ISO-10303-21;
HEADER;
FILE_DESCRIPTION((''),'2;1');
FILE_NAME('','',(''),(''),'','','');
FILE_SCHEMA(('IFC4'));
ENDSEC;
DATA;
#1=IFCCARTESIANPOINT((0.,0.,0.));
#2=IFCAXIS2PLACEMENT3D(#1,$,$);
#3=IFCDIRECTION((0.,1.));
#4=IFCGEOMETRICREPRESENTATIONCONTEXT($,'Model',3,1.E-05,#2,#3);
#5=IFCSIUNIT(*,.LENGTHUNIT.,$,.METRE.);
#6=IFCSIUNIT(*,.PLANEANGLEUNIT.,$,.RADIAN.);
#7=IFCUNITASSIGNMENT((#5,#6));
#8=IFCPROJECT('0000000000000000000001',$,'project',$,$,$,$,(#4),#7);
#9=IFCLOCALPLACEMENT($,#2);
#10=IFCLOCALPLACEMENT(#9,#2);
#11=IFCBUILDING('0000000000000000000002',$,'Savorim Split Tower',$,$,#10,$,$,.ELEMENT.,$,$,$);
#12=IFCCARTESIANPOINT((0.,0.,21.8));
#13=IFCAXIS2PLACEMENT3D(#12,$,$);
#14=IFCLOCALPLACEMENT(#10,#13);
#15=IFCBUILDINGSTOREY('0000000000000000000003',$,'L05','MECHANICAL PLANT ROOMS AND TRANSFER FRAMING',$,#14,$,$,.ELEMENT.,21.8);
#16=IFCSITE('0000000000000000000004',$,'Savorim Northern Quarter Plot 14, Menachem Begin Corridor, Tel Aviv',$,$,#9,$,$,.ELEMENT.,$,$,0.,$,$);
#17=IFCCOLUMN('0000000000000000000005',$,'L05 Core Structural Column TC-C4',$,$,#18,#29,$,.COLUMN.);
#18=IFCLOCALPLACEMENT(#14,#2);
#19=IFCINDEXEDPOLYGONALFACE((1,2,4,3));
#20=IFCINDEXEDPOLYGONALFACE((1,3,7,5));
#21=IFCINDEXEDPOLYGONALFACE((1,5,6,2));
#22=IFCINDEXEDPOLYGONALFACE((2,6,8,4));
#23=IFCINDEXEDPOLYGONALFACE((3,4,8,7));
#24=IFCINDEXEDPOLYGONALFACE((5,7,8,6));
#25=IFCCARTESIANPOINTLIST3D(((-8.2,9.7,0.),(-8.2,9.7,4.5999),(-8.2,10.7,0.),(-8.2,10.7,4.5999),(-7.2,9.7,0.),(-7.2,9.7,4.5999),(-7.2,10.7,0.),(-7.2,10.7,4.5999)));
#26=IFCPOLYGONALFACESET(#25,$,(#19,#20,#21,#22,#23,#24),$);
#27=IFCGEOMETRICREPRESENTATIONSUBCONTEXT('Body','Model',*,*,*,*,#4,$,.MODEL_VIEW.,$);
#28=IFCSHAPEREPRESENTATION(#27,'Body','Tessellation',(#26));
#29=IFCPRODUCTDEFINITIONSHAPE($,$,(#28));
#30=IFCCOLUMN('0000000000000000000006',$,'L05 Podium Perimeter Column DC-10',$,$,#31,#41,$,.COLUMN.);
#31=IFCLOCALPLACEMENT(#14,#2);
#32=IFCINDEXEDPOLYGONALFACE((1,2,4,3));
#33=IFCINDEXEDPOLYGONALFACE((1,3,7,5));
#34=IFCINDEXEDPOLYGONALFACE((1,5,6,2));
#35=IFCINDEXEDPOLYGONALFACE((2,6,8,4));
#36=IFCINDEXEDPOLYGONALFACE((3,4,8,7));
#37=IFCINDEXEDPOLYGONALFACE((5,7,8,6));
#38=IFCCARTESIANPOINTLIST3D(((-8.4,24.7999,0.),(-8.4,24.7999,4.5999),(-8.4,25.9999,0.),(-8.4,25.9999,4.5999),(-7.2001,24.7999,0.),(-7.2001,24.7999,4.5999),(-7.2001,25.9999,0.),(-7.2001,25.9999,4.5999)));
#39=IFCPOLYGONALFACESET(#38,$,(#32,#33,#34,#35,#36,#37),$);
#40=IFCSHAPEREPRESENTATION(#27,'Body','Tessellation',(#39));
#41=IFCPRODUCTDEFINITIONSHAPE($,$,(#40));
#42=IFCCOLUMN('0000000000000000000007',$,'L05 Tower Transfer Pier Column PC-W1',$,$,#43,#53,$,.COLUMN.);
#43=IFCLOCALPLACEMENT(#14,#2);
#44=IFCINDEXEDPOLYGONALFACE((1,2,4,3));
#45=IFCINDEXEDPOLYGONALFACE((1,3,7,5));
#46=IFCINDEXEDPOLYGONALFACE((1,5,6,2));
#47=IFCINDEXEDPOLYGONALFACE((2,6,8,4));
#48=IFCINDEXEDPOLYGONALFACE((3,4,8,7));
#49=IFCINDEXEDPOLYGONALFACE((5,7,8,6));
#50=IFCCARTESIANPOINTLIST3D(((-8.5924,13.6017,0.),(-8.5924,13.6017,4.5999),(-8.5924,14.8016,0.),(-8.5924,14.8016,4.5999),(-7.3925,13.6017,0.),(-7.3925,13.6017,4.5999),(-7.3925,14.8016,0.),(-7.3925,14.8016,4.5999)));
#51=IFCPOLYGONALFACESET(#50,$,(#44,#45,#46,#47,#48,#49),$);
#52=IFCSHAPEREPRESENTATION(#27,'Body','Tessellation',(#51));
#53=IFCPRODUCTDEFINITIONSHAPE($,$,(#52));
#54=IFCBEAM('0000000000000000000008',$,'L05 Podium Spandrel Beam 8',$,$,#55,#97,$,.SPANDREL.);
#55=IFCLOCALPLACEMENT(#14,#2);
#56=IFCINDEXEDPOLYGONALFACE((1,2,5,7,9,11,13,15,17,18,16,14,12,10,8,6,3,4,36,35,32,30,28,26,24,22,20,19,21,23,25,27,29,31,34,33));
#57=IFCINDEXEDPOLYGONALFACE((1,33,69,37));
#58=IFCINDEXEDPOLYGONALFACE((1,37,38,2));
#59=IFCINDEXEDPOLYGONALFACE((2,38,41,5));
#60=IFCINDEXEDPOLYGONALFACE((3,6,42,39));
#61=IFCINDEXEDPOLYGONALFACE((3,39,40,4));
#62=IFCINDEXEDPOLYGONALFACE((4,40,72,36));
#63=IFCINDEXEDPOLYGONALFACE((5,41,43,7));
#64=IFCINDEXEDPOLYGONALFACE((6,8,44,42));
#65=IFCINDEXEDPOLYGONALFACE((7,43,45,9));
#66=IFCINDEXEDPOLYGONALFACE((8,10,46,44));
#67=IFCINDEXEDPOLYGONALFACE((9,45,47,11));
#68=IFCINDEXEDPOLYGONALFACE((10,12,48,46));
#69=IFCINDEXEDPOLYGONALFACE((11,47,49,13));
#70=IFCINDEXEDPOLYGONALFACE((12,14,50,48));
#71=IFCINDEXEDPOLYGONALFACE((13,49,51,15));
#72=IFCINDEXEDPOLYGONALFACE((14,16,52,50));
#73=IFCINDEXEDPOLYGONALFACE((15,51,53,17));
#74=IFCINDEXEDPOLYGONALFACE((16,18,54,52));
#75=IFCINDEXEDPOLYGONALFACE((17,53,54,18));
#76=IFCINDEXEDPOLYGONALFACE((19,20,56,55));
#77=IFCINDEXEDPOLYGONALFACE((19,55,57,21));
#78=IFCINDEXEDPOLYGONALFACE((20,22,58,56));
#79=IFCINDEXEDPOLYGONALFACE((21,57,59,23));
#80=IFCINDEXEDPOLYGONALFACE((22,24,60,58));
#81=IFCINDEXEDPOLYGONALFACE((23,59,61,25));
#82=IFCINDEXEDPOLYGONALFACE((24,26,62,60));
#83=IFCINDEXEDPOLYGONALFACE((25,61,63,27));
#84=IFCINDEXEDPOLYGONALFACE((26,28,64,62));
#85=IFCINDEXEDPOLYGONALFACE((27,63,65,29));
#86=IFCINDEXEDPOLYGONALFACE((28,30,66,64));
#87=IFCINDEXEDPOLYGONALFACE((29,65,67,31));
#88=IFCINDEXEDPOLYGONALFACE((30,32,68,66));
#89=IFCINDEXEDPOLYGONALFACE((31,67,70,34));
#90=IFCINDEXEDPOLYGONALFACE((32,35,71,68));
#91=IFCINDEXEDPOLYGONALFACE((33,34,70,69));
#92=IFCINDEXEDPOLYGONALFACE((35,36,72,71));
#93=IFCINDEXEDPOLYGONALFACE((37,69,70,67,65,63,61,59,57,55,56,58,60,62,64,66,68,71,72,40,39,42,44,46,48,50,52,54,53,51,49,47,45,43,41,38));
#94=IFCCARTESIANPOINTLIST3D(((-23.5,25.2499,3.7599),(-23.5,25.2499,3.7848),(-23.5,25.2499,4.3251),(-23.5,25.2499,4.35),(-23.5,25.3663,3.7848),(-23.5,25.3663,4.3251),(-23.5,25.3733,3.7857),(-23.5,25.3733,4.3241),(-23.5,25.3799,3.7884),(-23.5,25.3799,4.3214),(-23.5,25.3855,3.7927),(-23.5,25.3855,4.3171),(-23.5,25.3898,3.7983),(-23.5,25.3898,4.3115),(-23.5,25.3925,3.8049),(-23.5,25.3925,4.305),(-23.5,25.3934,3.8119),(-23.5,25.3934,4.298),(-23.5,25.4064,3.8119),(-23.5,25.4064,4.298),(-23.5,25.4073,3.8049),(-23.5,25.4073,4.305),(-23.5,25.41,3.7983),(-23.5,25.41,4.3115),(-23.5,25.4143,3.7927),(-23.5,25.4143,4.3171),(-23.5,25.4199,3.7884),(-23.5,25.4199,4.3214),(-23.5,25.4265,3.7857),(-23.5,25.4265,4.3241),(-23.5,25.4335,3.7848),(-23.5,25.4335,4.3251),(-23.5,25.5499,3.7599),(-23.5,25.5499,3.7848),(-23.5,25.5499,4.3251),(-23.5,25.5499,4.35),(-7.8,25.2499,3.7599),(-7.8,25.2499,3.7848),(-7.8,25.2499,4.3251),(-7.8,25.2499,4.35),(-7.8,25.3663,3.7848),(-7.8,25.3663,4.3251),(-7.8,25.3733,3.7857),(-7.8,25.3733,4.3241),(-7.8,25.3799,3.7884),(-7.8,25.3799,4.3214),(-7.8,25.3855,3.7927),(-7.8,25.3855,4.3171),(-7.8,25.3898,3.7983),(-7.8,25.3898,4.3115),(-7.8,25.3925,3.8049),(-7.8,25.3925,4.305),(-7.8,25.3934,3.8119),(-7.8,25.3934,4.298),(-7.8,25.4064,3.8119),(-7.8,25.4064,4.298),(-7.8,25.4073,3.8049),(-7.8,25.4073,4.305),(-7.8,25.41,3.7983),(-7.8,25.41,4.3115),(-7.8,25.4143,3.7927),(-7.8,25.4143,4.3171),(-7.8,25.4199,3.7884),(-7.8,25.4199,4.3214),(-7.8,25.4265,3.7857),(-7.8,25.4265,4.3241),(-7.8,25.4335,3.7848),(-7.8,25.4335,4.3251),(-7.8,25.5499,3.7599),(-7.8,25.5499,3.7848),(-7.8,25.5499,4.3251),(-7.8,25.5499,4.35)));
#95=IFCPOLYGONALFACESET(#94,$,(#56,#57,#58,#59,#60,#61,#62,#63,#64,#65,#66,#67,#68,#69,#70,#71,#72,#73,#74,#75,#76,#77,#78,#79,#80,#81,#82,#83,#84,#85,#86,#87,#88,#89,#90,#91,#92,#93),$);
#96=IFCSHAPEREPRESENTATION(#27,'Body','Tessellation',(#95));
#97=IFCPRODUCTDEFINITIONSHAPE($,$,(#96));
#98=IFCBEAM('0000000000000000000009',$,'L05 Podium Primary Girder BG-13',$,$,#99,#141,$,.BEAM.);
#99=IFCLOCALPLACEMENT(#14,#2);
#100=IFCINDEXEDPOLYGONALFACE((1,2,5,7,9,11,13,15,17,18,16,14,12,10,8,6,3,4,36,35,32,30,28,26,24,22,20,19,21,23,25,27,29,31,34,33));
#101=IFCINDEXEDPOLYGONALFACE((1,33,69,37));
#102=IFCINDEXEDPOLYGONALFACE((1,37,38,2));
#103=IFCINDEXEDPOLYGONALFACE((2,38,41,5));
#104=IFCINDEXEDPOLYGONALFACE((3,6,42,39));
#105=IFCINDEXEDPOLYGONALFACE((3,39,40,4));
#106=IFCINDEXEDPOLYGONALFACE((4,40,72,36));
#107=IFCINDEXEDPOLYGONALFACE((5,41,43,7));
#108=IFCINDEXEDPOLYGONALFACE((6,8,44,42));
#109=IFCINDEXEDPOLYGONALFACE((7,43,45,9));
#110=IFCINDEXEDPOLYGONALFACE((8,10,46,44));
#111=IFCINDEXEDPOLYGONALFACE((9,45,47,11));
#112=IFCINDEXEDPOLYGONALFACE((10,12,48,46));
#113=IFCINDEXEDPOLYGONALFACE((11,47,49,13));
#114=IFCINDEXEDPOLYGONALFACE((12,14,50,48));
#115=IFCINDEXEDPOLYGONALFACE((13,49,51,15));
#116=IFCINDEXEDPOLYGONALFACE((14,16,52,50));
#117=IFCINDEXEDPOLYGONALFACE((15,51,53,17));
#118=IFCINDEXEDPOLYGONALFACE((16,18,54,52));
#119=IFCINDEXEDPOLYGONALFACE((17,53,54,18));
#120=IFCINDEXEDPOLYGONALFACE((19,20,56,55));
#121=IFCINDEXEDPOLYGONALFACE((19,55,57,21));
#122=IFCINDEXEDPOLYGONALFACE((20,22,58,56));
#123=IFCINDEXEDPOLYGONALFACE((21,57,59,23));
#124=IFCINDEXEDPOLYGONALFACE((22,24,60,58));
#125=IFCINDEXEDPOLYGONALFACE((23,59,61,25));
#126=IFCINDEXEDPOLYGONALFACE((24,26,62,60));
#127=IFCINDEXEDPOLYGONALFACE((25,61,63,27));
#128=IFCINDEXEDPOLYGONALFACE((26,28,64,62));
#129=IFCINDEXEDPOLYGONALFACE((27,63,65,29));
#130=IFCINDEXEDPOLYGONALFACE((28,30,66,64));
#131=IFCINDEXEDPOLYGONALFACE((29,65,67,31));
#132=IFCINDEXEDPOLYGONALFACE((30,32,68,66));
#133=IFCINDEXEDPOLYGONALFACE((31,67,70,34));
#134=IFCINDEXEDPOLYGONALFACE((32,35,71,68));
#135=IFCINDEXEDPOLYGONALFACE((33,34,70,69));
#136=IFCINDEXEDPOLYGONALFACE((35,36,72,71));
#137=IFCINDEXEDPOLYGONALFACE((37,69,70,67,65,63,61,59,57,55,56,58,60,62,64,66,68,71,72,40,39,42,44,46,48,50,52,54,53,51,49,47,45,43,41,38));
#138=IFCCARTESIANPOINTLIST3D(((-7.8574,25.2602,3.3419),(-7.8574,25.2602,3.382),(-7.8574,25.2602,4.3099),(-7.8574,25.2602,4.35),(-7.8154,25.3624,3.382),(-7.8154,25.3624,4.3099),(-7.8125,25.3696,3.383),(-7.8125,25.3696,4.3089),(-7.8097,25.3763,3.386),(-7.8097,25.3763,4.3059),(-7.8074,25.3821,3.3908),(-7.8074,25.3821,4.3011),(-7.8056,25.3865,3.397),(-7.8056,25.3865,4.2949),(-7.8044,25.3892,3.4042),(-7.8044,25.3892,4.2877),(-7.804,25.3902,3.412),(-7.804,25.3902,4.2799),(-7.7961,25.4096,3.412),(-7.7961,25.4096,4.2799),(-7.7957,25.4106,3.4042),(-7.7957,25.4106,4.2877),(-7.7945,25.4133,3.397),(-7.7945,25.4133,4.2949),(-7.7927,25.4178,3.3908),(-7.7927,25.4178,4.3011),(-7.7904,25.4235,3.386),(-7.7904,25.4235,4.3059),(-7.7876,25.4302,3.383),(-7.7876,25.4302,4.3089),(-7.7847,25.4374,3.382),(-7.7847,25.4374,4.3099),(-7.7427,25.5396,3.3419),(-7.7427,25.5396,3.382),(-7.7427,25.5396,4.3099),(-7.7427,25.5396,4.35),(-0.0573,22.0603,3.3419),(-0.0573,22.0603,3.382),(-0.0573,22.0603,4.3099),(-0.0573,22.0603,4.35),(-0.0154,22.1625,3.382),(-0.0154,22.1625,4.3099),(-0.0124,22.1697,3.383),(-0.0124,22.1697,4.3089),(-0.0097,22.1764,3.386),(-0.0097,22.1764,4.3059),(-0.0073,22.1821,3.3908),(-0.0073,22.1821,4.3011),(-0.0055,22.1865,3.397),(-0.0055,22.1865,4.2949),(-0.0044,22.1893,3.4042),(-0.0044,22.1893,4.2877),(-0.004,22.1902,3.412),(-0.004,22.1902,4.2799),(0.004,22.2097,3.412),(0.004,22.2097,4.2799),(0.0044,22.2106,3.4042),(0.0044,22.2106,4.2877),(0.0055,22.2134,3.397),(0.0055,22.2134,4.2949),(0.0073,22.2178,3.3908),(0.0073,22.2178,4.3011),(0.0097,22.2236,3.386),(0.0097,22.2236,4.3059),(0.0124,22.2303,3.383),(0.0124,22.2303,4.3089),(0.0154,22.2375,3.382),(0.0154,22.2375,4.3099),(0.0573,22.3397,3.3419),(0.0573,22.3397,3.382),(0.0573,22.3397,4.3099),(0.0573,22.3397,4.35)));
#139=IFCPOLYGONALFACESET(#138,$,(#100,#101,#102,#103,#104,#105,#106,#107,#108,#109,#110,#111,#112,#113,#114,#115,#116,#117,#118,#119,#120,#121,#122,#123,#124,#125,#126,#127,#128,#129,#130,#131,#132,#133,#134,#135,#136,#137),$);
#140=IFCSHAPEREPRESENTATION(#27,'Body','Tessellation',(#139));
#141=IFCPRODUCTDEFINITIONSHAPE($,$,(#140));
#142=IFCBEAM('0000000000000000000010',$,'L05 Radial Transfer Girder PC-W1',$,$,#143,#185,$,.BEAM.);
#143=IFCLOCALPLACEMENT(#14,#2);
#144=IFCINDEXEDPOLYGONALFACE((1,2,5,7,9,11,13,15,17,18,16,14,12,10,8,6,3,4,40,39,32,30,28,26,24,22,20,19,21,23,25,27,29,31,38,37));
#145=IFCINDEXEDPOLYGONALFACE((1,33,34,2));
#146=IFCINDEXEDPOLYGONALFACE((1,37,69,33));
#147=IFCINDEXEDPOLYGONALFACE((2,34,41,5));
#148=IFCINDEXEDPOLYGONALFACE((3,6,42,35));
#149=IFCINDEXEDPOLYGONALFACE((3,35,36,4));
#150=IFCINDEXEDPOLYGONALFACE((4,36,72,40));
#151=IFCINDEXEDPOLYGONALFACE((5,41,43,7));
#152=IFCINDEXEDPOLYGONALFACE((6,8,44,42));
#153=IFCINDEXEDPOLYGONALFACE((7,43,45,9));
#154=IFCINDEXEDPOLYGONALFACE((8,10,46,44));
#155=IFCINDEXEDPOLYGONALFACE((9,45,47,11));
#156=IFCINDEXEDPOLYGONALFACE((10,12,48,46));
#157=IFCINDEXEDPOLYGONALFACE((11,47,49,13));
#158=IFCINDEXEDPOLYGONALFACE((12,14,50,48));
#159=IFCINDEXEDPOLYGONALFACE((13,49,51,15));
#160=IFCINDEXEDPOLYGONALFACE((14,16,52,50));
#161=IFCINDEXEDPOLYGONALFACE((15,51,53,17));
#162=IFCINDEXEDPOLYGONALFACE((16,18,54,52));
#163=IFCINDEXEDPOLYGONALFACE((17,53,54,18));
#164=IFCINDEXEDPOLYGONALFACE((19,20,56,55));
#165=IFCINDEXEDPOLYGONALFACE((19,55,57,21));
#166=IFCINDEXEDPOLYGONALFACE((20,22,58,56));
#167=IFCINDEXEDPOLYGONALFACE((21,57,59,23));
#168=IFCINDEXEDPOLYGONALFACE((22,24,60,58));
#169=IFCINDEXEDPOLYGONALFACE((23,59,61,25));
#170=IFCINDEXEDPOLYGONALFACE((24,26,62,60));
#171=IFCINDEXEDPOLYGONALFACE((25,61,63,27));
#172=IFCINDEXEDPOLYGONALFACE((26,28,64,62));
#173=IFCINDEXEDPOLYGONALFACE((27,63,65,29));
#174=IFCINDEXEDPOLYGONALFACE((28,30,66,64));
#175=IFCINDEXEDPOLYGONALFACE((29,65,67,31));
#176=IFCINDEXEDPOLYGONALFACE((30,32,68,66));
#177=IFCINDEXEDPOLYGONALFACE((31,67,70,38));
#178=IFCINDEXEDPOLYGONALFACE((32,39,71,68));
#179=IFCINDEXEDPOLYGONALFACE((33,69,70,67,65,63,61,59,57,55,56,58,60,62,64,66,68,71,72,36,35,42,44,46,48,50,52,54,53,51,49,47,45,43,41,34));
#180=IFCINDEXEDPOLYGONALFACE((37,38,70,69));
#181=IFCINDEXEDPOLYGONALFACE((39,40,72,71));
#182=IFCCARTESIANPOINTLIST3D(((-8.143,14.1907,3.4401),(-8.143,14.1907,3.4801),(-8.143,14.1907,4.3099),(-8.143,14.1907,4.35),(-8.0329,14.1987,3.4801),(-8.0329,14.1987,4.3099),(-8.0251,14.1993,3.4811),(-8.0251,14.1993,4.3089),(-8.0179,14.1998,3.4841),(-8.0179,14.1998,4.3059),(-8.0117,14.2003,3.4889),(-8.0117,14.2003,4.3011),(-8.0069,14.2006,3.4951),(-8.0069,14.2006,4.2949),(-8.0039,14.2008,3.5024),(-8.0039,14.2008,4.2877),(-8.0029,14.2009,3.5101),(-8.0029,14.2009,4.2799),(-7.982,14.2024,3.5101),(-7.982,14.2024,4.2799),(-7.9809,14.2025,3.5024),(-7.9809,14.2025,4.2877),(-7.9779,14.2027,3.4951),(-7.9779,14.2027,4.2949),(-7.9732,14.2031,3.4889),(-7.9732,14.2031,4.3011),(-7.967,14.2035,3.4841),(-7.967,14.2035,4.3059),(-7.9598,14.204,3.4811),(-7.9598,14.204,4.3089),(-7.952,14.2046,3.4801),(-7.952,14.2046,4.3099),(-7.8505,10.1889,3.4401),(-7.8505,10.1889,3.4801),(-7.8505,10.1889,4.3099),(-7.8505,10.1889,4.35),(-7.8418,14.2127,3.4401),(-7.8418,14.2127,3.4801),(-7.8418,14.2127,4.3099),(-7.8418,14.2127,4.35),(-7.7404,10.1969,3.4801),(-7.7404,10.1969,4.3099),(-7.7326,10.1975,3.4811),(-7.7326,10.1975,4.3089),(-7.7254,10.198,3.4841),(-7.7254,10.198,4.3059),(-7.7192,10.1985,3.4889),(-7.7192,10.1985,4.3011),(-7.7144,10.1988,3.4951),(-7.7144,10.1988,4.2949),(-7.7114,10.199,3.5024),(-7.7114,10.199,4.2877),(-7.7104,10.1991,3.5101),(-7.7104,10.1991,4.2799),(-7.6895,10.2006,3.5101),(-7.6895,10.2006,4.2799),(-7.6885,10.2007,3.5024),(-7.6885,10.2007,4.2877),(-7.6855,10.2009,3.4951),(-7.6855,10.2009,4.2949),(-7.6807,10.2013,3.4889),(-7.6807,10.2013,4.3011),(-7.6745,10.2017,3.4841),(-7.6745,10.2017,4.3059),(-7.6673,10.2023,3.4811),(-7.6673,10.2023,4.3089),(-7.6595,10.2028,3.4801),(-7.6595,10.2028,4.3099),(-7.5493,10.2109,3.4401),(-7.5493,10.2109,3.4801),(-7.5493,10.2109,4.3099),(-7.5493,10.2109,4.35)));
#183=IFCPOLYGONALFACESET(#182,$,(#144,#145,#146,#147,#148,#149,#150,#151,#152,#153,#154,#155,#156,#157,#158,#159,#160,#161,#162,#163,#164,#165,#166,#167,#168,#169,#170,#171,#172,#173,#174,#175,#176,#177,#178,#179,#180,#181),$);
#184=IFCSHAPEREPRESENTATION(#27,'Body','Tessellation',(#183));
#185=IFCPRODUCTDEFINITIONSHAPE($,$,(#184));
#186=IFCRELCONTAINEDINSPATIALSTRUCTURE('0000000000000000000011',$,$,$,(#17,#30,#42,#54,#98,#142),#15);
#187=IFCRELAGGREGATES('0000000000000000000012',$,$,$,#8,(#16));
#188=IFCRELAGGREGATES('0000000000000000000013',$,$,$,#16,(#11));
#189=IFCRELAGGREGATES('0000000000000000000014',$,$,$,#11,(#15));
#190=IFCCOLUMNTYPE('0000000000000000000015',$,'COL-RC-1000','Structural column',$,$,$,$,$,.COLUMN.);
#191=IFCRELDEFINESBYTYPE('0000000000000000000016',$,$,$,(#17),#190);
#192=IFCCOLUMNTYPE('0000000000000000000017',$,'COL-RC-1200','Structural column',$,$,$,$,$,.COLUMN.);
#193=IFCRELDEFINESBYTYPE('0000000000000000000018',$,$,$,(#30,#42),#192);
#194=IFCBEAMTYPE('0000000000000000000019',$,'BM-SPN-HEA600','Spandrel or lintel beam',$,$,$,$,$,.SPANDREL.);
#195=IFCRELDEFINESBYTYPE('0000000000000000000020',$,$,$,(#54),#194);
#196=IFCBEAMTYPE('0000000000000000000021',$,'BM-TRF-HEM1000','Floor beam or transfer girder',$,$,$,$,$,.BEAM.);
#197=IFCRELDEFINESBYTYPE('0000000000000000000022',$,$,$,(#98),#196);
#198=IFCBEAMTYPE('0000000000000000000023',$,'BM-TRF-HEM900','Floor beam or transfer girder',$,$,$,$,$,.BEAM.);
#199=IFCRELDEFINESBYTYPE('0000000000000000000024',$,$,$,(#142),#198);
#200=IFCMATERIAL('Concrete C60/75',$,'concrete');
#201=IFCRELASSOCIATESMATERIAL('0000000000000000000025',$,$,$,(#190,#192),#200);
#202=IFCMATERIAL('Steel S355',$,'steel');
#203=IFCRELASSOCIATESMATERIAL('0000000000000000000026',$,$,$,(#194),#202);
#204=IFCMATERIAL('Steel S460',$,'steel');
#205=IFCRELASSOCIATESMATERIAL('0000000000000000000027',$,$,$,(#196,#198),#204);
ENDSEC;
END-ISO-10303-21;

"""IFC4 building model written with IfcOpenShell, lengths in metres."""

from ifc_helpers import new_model, si_unit, direction, frame, origin, origin_2d, place, context, subcontext, project, spatial, rectangle, i_section, extrude, material, material_profile, profile_set, type_object, element, save


model = new_model("IFC4")

# Units and contexts
model_context = context("Model", 3, precision=1e-05, world=origin(), true_north=direction((0.0, 1.0)))
body_context = subcontext(model_context, "Body", "Model", "MODEL_VIEW")
ifc_project = project(units=[si_unit("LENGTHUNIT", "METRE"), si_unit("PLANEANGLEUNIT", "RADIAN")], contexts=[model_context])

# Site, building, storey
site_placement = place(None, origin())
site = spatial("IfcSite", under=ifc_project, at=site_placement, Name="Savorim Northern Quarter Plot 14, Menachem Begin Corridor, Tel Aviv", CompositionType="ELEMENT", RefElevation=0.0)
building_placement = place(site_placement, origin())
building = spatial("IfcBuilding", under=site, at=building_placement, Name="Savorim Split Tower", CompositionType="ELEMENT")
storey_placement = place(building_placement, frame((0.0, 0.0, 21.8)))
storey = spatial("IfcBuildingStorey", under=building, at=storey_placement, Name="L05", Description="MECHANICAL PLANT ROOMS AND TRANSFER FRAMING", CompositionType="ELEMENT", Elevation=21.8)

# Columns
ifc_material_1 = material(Name="Concrete C60/75", Category="concrete")
ifc_material_profile_1 = material_profile(ifc_material_1, rectangle(XDim=1.0, YDim=1.0, at=origin_2d()), Name="RC 1000x1000")
ifc_profile_set_1 = profile_set([ifc_material_profile_1], Name="Concrete C60/75")
column_type_1 = type_object("IfcColumnType", Name="COL-RC-1000", Description="Structural column", PredefinedType="COLUMN", material=ifc_profile_set_1)
column_placement = place(storey_placement, frame((-7.7, 10.2, 0.0), z_axis=(0.0, 0.0, 1.0), x_axis=(1.0, 0.0, 0.0)))
element("IfcColumn", 1, at=column_placement, inside=storey, type_object=column_type_1, Name="L05 Core Structural Column TC-C4", PredefinedType="COLUMN", context=body_context, shape_type="SweptSolid", body=[
    extrude(rectangle(XDim=1.0, YDim=1.0, at=origin_2d()), origin(), (0.0, 0.0, 1.0), 4.5999),
])
ifc_material_profile_2 = material_profile(ifc_material_1, rectangle(XDim=1.2, YDim=1.2, at=origin_2d()), Name="RC 1200x1200")
ifc_profile_set_2 = profile_set([ifc_material_profile_2], Name="Concrete C60/75")
column_type_2 = type_object("IfcColumnType", Name="COL-RC-1200", Description="Structural column", PredefinedType="COLUMN", material=ifc_profile_set_2)
for number, where, z_axis, x_axis, name in (
    (2, (-7.8, 25.3999, 0.0), (0.0, 0.0, 1.0), (1.0, 0.0, 0.0), "L05 Podium Perimeter Column DC-10"),
    (3, (-7.9924, 14.2017, 0.0), (0.0, 0.0, 1.0), (1.0, 0.0, 0.0), "L05 Tower Transfer Pier Column PC-W1"),
):
    element("IfcColumn", number, at=place(storey_placement, frame(where, z_axis=z_axis, x_axis=x_axis)), inside=storey, type_object=column_type_2, Name=name, PredefinedType="COLUMN", context=body_context, shape_type="SweptSolid", body=[
        extrude(rectangle(XDim=1.2, YDim=1.2, at=origin_2d()), origin(), (0.0, 0.0, 1.0), 4.5999),
    ])

# Beams
ifc_material_2 = material(Name="Steel S355", Category="steel")
ifc_material_profile_3 = material_profile(ifc_material_2, i_section(OverallWidth=0.3, OverallDepth=0.5901, WebThickness=0.0129, FlangeThickness=0.0249, FilletRadius=0.0271, at=origin_2d()), Name="HEA 600")
ifc_profile_set_3 = profile_set([ifc_material_profile_3], Name="Steel S355")
beam_type_1 = type_object("IfcBeamType", Name="BM-SPN-HEA600", Description="Spandrel or lintel beam", PredefinedType="SPANDREL", material=ifc_profile_set_3)
beam_1_placement = place(storey_placement, frame((-7.8, 25.3999, 4.0549), z_axis=(-1.0, 0.0, 0.0), x_axis=(0.0, -1.0, 0.0)))
element("IfcBeam", 4, at=beam_1_placement, inside=storey, type_object=beam_type_1, Name="L05 Podium Spandrel Beam 8", PredefinedType="SPANDREL", context=body_context, shape_type="SweptSolid", body=[
    extrude(i_section(OverallWidth=0.3, OverallDepth=0.5901, WebThickness=0.0129, FlangeThickness=0.0249, FilletRadius=0.0271, at=origin_2d()), origin(), (0.0, 0.0, 1.0), 15.7),
])
ifc_material_3 = material(Name="Steel S460", Category="steel")
ifc_material_profile_4 = material_profile(ifc_material_3, i_section(OverallWidth=0.302, OverallDepth=1.0081, WebThickness=0.021, FlangeThickness=0.04, FilletRadius=0.03, at=origin_2d()), Name="HE 1000 M")
ifc_profile_set_4 = profile_set([ifc_material_profile_4], Name="Steel S460")
beam_type_2 = type_object("IfcBeamType", Name="BM-TRF-HEM1000", Description="Floor beam or transfer girder", PredefinedType="BEAM", material=ifc_profile_set_4)
beam_2_placement = place(storey_placement, frame((-7.8, 25.3999, 3.8459), z_axis=(0.925171, -0.379549, 0.0), x_axis=(0.379549, 0.925171, 0.0)))
element("IfcBeam", 5, at=beam_2_placement, inside=storey, type_object=beam_type_2, Name="L05 Podium Primary Girder BG-13", PredefinedType="BEAM", context=body_context, shape_type="SweptSolid", body=[
    extrude(i_section(OverallWidth=0.302, OverallDepth=1.0081, WebThickness=0.021, FlangeThickness=0.04, FilletRadius=0.03, at=origin_2d()), origin(), (0.0, 0.0, 1.0), 8.4309),
])
ifc_material_profile_5 = material_profile(ifc_material_3, i_section(OverallWidth=0.302, OverallDepth=0.9099, WebThickness=0.021, FlangeThickness=0.04, FilletRadius=0.03, at=origin_2d()), Name="HE 900 M")
ifc_profile_set_5 = profile_set([ifc_material_profile_5], Name="Steel S460")
beam_type_3 = type_object("IfcBeamType", Name="BM-TRF-HEM900", Description="Floor beam or transfer girder", PredefinedType="BEAM", material=ifc_profile_set_5)
beam_3_placement = place(storey_placement, frame((-7.9924, 14.2017, 3.895), z_axis=(0.072894, -0.99734, 0.0), x_axis=(0.99734, 0.072894, 0.0)))
element("IfcBeam", 6, at=beam_3_placement, inside=storey, type_object=beam_type_3, Name="L05 Radial Transfer Girder PC-W1", PredefinedType="BEAM", context=body_context, shape_type="SweptSolid", body=[
    extrude(i_section(OverallWidth=0.302, OverallDepth=0.9099, WebThickness=0.021, FlangeThickness=0.04, FilletRadius=0.03, at=origin_2d()), origin(), (0.0, 0.0, 1.0), 4.0125),
])

save(model, "model.ifc")
